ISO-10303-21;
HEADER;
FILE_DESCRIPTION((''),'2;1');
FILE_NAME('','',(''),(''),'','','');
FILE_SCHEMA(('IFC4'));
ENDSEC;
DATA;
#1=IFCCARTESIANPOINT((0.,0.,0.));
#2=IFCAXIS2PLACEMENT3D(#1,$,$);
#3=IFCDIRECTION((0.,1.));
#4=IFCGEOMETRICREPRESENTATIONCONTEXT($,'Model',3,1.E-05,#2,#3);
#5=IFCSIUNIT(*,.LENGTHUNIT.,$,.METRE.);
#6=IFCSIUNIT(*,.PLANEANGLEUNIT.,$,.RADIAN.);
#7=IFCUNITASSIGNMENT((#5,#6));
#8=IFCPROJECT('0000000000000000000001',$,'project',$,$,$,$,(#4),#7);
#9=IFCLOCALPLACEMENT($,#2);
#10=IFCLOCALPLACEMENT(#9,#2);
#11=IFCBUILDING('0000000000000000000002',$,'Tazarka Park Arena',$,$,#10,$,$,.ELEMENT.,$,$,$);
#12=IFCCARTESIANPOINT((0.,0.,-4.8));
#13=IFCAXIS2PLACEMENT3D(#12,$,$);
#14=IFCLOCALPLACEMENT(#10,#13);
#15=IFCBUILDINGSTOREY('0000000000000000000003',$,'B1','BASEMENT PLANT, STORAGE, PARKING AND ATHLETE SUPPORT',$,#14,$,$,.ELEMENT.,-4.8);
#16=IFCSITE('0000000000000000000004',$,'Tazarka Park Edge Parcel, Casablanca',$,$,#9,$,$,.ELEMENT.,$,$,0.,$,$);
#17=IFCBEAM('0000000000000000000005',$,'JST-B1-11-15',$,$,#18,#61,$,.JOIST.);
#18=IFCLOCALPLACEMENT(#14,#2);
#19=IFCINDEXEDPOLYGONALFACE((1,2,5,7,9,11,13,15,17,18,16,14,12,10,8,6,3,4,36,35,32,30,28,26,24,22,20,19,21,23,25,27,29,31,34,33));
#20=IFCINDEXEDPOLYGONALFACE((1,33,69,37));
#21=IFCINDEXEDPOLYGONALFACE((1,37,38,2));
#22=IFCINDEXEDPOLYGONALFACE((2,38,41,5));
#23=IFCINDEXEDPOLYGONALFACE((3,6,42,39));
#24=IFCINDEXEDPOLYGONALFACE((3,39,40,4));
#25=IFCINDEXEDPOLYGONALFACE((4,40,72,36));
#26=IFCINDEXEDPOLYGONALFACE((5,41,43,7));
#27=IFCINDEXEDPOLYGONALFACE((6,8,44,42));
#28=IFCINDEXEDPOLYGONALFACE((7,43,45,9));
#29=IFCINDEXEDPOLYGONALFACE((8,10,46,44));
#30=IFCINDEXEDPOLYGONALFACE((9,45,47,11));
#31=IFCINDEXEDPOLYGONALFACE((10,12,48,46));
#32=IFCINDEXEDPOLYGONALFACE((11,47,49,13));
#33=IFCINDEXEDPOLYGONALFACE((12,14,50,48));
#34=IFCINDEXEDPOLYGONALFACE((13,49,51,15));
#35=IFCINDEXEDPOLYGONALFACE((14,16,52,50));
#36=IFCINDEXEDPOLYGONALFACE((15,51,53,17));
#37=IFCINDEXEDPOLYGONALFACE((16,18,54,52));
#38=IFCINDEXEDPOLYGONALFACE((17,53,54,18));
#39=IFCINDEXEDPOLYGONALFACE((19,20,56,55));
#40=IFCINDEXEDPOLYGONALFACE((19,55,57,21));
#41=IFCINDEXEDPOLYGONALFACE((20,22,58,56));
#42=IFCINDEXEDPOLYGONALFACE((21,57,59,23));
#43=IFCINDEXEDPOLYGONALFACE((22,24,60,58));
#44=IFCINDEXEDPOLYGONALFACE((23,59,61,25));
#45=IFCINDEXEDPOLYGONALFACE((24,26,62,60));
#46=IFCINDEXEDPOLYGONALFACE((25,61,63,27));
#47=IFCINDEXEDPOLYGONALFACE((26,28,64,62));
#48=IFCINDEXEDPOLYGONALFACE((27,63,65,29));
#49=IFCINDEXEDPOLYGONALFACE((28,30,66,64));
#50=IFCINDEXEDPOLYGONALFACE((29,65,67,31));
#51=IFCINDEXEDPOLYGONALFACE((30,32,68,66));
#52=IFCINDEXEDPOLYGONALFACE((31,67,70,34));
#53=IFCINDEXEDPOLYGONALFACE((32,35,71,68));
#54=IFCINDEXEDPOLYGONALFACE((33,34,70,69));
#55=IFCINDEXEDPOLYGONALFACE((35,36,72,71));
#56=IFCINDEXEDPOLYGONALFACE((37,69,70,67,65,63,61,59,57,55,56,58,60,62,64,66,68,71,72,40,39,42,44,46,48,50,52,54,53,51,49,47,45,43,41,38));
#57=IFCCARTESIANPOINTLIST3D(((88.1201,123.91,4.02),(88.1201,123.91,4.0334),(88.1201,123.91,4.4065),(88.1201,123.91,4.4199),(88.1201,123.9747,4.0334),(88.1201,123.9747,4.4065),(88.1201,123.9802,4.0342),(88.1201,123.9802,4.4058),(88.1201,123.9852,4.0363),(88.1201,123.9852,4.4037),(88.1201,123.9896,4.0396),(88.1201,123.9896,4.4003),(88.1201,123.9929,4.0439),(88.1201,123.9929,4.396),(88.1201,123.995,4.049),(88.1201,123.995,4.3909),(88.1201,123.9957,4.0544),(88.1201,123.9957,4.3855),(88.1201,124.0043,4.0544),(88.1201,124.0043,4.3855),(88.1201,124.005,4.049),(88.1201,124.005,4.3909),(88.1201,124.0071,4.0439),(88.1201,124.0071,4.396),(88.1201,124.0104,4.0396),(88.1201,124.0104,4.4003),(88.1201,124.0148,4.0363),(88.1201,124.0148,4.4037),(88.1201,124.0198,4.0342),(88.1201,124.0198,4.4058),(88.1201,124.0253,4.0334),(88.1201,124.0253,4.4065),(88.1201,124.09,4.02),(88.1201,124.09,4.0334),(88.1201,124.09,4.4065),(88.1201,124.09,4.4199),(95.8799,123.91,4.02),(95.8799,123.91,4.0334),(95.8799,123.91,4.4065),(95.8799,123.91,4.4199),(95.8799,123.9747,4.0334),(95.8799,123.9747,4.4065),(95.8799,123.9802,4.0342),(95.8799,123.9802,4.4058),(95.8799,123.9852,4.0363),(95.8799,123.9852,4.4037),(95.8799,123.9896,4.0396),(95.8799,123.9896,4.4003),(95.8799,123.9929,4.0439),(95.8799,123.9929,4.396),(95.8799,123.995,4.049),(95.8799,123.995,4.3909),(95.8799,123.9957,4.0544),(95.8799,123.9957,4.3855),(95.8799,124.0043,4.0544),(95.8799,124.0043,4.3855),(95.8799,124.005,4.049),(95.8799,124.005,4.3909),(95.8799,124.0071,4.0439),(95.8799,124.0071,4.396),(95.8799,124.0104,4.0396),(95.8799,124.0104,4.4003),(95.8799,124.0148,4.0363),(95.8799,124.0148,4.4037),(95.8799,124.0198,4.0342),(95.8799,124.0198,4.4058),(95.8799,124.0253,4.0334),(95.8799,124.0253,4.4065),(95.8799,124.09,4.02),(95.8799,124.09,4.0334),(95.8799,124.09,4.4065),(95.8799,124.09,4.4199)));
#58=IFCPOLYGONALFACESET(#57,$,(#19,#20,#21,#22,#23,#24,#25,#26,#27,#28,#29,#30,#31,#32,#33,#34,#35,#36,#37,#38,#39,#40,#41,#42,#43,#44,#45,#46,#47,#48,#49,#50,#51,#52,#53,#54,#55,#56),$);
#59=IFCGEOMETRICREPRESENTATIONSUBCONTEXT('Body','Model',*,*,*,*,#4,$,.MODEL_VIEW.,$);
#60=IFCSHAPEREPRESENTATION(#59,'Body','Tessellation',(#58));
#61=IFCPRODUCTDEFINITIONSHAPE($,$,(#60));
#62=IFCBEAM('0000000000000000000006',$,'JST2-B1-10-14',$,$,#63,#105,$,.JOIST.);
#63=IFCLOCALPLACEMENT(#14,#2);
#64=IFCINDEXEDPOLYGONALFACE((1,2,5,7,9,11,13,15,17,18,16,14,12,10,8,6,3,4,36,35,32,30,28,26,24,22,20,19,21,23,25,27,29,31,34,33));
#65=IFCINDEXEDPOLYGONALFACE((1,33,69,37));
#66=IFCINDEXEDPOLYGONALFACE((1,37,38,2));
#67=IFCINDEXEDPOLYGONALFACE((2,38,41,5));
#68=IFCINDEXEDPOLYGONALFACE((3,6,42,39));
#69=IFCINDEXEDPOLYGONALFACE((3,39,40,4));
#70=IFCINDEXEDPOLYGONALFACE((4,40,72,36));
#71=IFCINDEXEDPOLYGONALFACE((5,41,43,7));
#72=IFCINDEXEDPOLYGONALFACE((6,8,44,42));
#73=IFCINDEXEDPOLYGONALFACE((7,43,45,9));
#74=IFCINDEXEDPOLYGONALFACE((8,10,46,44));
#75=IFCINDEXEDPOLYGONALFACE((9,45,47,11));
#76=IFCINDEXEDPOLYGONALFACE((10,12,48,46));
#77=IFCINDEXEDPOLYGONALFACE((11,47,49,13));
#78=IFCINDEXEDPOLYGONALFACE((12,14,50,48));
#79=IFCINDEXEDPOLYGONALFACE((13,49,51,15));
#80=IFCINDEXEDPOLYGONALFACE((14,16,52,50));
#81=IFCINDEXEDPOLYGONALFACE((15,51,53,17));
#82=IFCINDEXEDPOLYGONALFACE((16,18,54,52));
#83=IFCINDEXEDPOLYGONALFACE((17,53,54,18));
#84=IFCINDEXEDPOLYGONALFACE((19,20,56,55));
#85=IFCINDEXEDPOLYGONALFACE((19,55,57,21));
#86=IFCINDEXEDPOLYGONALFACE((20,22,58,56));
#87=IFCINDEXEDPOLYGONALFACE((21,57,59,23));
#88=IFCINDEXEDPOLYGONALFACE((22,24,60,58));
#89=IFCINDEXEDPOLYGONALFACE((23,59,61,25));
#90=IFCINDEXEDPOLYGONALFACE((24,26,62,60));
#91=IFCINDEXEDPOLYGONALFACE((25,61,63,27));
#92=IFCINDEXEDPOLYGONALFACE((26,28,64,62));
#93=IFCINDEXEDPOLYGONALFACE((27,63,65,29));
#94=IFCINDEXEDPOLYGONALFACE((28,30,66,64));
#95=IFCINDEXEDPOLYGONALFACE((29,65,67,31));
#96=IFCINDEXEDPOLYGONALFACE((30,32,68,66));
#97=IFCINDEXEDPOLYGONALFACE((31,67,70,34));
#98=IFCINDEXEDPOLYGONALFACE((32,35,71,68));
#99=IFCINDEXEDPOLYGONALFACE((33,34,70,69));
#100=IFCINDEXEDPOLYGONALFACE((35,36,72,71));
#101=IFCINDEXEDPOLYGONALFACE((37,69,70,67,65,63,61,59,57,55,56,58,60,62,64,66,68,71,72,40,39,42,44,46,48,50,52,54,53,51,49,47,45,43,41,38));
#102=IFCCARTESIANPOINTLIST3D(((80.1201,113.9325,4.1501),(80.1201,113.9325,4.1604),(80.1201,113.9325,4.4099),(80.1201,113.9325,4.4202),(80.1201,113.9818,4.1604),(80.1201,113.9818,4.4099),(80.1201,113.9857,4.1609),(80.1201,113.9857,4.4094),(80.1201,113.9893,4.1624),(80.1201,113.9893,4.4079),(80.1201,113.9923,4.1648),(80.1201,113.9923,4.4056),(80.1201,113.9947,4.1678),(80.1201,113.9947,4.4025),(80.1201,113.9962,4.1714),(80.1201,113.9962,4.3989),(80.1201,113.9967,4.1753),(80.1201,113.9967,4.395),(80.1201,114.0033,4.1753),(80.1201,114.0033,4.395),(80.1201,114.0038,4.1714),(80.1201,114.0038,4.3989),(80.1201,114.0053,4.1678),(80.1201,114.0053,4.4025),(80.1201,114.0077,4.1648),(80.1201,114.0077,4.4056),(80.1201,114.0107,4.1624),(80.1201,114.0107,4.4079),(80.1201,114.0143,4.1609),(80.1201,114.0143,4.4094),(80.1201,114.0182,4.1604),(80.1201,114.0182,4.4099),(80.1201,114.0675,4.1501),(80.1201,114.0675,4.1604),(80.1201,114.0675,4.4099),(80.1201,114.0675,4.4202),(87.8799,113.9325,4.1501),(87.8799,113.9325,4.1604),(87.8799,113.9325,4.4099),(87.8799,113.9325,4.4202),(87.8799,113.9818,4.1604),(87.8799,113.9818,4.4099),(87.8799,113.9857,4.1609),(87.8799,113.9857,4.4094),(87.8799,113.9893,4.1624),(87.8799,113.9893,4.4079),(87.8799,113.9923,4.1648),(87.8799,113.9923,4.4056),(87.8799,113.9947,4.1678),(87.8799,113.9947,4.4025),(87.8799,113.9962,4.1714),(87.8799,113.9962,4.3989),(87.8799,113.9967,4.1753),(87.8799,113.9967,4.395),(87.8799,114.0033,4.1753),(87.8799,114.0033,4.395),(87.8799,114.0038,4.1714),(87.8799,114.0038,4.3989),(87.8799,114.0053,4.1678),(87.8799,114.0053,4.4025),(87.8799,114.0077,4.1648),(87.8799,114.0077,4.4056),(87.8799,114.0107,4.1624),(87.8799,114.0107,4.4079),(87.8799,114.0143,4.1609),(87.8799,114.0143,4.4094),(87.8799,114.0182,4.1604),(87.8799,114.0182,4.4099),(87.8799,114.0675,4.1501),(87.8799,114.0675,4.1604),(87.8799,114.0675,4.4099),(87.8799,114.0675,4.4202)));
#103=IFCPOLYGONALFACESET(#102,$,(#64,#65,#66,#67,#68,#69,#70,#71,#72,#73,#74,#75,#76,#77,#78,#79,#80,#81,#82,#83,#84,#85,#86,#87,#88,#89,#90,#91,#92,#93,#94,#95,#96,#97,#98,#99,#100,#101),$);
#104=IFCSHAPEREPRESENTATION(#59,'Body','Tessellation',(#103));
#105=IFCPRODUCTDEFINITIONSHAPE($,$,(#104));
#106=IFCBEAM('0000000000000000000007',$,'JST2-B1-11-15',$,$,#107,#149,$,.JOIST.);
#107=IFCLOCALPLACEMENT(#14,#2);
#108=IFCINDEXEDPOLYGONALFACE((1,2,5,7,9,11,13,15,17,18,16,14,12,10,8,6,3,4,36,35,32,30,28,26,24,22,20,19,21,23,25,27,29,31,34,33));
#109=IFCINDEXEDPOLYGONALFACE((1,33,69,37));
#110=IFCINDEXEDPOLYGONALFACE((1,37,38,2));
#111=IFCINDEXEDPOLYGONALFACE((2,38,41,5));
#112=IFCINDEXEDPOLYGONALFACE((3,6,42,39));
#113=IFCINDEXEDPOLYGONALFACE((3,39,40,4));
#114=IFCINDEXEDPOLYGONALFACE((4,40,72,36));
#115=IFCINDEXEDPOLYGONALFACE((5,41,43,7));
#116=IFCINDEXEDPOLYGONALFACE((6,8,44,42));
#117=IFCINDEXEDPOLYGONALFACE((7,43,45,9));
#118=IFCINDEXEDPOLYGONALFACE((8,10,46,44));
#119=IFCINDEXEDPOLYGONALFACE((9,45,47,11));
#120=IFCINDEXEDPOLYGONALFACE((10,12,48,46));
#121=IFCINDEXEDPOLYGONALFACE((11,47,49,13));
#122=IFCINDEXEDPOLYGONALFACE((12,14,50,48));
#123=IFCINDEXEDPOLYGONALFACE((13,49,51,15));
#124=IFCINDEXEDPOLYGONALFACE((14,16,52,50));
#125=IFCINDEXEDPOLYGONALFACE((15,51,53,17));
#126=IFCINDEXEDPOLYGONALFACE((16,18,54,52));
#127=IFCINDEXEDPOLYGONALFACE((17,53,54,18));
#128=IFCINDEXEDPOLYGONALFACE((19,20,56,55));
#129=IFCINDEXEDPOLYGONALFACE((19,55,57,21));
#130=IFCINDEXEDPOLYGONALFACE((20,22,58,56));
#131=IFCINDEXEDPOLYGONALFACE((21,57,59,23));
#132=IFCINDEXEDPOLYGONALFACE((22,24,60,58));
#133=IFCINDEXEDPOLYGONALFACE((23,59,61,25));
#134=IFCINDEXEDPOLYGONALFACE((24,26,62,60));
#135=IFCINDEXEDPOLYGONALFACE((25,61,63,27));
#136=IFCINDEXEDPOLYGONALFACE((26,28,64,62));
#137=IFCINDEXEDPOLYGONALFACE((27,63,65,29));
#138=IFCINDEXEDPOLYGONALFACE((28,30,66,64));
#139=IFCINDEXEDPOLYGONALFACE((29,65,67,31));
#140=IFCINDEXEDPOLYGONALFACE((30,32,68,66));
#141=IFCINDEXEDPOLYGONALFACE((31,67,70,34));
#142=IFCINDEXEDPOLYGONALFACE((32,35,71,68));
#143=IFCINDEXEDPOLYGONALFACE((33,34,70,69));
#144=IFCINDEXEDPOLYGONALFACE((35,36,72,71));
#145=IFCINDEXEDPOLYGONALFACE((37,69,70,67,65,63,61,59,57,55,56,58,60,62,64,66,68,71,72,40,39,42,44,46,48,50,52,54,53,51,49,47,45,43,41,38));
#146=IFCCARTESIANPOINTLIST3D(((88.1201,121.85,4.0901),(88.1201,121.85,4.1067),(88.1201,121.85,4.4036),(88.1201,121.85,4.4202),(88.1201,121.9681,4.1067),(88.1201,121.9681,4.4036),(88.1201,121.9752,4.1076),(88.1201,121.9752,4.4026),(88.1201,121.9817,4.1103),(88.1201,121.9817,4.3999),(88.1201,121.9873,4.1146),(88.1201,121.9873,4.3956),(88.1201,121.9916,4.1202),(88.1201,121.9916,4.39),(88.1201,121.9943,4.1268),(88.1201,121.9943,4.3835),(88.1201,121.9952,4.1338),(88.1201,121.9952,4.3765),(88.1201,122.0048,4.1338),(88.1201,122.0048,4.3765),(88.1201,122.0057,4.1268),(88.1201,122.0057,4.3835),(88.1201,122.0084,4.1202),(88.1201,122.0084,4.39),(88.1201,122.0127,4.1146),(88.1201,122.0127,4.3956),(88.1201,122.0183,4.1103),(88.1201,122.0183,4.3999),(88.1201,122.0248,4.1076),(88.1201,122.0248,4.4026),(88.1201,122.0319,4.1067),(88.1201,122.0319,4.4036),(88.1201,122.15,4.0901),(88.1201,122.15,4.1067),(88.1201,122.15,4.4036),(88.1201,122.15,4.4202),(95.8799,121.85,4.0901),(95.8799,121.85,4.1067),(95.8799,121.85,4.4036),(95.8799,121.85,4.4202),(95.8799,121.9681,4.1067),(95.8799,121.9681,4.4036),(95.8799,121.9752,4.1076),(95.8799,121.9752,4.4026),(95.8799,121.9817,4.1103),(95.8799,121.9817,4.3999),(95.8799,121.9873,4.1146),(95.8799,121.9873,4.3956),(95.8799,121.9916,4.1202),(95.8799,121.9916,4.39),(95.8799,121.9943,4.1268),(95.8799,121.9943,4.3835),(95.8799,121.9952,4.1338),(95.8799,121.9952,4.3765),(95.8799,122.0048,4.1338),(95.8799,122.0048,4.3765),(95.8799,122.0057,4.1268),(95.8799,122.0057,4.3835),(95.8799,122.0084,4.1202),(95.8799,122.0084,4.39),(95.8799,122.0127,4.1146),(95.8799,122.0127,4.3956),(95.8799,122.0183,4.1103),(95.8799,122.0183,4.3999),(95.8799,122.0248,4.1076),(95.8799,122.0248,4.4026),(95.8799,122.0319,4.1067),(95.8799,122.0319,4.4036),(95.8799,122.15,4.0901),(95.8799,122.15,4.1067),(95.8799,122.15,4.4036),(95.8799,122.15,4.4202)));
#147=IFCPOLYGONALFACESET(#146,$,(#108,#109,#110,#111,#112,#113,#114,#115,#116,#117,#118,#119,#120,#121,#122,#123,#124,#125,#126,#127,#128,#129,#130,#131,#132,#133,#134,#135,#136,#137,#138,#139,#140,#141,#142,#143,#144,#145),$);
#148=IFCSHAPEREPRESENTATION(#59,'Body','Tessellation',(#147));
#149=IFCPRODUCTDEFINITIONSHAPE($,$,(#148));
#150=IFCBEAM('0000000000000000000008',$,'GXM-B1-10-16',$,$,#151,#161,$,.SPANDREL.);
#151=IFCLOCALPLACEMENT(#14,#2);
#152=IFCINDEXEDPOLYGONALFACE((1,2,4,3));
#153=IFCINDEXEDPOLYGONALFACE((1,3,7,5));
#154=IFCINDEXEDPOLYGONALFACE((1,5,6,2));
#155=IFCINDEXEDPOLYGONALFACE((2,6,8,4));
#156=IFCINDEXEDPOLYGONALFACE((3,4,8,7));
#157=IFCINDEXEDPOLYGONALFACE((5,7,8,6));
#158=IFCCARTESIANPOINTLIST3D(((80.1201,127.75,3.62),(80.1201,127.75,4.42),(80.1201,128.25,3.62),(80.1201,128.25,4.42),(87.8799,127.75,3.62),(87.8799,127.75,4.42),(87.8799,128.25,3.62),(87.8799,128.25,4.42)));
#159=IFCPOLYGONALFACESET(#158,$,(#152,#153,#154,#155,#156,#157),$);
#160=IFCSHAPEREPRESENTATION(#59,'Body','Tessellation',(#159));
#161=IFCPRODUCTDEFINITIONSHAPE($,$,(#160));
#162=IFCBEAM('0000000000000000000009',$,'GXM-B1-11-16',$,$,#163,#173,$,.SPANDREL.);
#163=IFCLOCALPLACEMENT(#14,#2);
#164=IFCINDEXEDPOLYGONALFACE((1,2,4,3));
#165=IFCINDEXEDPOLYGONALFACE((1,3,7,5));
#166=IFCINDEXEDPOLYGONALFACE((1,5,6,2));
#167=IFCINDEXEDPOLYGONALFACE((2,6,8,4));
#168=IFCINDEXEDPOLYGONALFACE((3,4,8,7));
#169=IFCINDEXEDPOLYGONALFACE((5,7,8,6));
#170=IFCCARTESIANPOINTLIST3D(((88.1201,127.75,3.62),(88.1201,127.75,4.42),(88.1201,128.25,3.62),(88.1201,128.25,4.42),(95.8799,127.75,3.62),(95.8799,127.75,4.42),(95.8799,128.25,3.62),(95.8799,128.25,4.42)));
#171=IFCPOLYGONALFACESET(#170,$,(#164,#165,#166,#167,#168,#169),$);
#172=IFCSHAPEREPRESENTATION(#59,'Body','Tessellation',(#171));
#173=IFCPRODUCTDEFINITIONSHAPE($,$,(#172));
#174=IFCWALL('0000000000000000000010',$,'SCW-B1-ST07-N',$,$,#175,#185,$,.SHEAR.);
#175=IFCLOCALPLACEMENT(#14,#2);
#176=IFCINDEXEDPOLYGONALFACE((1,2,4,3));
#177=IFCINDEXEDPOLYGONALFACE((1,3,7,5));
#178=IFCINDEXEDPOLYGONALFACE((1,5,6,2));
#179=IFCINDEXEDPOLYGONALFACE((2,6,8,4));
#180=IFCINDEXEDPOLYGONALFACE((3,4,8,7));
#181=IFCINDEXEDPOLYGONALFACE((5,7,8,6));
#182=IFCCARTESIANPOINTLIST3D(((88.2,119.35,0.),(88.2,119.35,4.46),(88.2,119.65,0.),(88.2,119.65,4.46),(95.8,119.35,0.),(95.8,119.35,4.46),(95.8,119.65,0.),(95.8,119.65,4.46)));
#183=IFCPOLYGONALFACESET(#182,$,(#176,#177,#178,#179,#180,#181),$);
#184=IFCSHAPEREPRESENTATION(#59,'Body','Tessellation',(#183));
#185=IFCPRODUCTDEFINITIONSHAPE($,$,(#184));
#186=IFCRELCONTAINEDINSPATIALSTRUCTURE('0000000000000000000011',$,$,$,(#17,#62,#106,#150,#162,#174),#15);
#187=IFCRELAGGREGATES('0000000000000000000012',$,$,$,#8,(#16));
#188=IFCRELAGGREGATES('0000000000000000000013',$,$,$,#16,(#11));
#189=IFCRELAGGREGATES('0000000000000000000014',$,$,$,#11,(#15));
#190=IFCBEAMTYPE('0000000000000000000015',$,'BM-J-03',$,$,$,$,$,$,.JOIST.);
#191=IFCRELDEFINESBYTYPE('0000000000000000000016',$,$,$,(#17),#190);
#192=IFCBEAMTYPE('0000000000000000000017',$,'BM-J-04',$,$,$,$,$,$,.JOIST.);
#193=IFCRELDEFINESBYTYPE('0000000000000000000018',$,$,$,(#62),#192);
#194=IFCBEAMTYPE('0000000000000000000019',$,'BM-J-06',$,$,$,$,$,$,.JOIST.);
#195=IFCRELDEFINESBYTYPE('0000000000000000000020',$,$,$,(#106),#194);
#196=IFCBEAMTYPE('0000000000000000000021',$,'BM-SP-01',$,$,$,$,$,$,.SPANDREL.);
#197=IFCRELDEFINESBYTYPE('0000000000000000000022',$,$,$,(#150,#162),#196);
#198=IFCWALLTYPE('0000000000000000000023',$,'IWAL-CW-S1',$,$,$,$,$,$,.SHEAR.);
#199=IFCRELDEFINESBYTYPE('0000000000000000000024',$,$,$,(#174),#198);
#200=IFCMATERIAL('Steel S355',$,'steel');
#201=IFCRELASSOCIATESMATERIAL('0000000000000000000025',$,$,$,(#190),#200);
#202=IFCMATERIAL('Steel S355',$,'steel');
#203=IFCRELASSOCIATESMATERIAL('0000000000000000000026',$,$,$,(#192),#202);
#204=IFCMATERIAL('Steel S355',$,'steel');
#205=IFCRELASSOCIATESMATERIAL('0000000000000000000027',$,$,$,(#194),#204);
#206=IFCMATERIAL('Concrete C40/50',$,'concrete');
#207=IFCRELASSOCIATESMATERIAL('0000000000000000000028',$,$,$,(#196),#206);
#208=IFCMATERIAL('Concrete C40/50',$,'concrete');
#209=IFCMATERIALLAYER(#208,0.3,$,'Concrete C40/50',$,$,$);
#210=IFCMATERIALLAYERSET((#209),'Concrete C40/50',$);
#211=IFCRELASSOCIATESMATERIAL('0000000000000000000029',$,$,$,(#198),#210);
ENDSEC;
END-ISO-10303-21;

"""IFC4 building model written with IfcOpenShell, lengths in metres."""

from ifc_helpers import new_model, si_unit, direction, frame, frame_2d, origin, origin_2d, place, context, subcontext, project, spatial, rectangle, i_section, extrude, material, layer, layer_set, material_profile, profile_set, type_object, element, save


model = new_model("IFC4")

# Units and contexts
model_context = context("Model", 3, precision=1e-05, world=origin(), true_north=direction((0.0, 1.0)))
body_context = subcontext(model_context, "Body", "Model", "MODEL_VIEW")
ifc_project = project(units=[si_unit("LENGTHUNIT", "METRE"), si_unit("PLANEANGLEUNIT", "RADIAN")], contexts=[model_context])

# Site, building, storey
site_placement = place(None, origin())
site = spatial("IfcSite", under=ifc_project, at=site_placement, Name="Tazarka Park Edge Parcel, Casablanca", CompositionType="ELEMENT", RefElevation=0.0)
building_placement = place(site_placement, origin())
building = spatial("IfcBuilding", under=site, at=building_placement, Name="Tazarka Park Arena", CompositionType="ELEMENT")
storey_placement = place(building_placement, frame((0.0, 0.0, -4.8)))
storey = spatial("IfcBuildingStorey", under=building, at=storey_placement, Name="B1", Description="BASEMENT PLANT, STORAGE, PARKING AND ATHLETE SUPPORT", CompositionType="ELEMENT", Elevation=-4.8)

# Beams
ifc_material_1 = material(Name="Steel S355", Category="steel")
ifc_material_profile_1 = material_profile(ifc_material_1, i_section(OverallWidth=0.1799, OverallDepth=0.3999, WebThickness=0.0085, FlangeThickness=0.0134, FilletRadius=0.021, at=origin_2d()), Name="Steel S355")
ifc_profile_set_1 = profile_set([ifc_material_profile_1], Name="Steel S355")
beam_type_1 = type_object("IfcBeamType", Name="BM-J-03", PredefinedType="JOIST", material=ifc_profile_set_1)
beam_1_placement = place(storey_placement, frame((88.1201, 124.0, 4.22), z_axis=(1.0, 0.0, 0.0), x_axis=(0.0, 1.0, 0.0)))
element("IfcBeam", 1, at=beam_1_placement, inside=storey, type_object=beam_type_1, Name="JST-B1-11-15", PredefinedType="JOIST", context=body_context, shape_type="SweptSolid", body=[
    extrude(i_section(OverallWidth=0.1799, OverallDepth=0.3999, WebThickness=0.0085, FlangeThickness=0.0134, FilletRadius=0.021, at=origin_2d()), origin(), (0.0, 0.0, 1.0), 7.7598),
])
ifc_material_2 = material(Name="Steel S355", Category="steel")
ifc_material_profile_2 = material_profile(ifc_material_2, i_section(OverallWidth=0.135, OverallDepth=0.27, WebThickness=0.0066, FlangeThickness=0.0103, FilletRadius=0.0149, at=origin_2d()), Name="Steel S355")
ifc_profile_set_2 = profile_set([ifc_material_profile_2], Name="Steel S355")
beam_type_2 = type_object("IfcBeamType", Name="BM-J-04", PredefinedType="JOIST", material=ifc_profile_set_2)
beam_2_placement = place(storey_placement, frame((80.1201, 114.0, 4.2852), z_axis=(1.0, 0.0, 0.0), x_axis=(0.0, 1.0, 0.0)))
element("IfcBeam", 2, at=beam_2_placement, inside=storey, type_object=beam_type_2, Name="JST2-B1-10-14", PredefinedType="JOIST", context=body_context, shape_type="SweptSolid", body=[
    extrude(i_section(OverallWidth=0.135, OverallDepth=0.27, WebThickness=0.0066, FlangeThickness=0.0103, FilletRadius=0.0149, at=origin_2d()), origin(), (0.0, 0.0, 1.0), 7.7598),
])
ifc_material_3 = material(Name="Steel S355", Category="steel")
ifc_material_profile_3 = material_profile(ifc_material_3, i_section(OverallWidth=0.3, OverallDepth=0.3301, WebThickness=0.0095, FlangeThickness=0.0166, FilletRadius=0.0271, at=origin_2d()), Name="Steel S355")
ifc_profile_set_3 = profile_set([ifc_material_profile_3], Name="Steel S355")
beam_type_3 = type_object("IfcBeamType", Name="BM-J-06", PredefinedType="JOIST", material=ifc_profile_set_3)
beam_3_placement = place(storey_placement, frame((88.1201, 122.0, 4.2551), z_axis=(1.0, 0.0, 0.0), x_axis=(0.0, 1.0, 0.0)))
element("IfcBeam", 3, at=beam_3_placement, inside=storey, type_object=beam_type_3, Name="JST2-B1-11-15", PredefinedType="JOIST", context=body_context, shape_type="SweptSolid", body=[
    extrude(i_section(OverallWidth=0.3, OverallDepth=0.3301, WebThickness=0.0095, FlangeThickness=0.0166, FilletRadius=0.0271, at=origin_2d()), origin(), (0.0, 0.0, 1.0), 7.7598),
])
ifc_material_4 = material(Name="Concrete C40/50", Category="concrete")
ifc_material_profile_4 = material_profile(ifc_material_4, rectangle(XDim=0.5, YDim=0.8, at=origin_2d()), Name="Concrete C40/50")
ifc_profile_set_4 = profile_set([ifc_material_profile_4], Name="Concrete C40/50")
beam_type_4 = type_object("IfcBeamType", Name="BM-SP-01", PredefinedType="SPANDREL", material=ifc_profile_set_4)
for number, where, z_axis, x_axis, name in (
    (4, (80.1201, 128.0, 4.02), (1.0, 0.0, 0.0), (0.0, 1.0, 0.0), "GXM-B1-10-16"),
    (5, (88.1201, 128.0, 4.02), (1.0, 0.0, 0.0), (0.0, 1.0, 0.0), "GXM-B1-11-16"),
):
    element("IfcBeam", number, at=place(storey_placement, frame(where, z_axis=z_axis, x_axis=x_axis)), inside=storey, type_object=beam_type_4, Name=name, PredefinedType="SPANDREL", context=body_context, shape_type="SweptSolid", body=[
        extrude(rectangle(XDim=0.5, YDim=0.8, at=origin_2d()), origin(), (0.0, 0.0, 1.0), 7.7598),
    ])

# Wall
ifc_material_5 = material(Name="Concrete C40/50", Category="concrete")
ifc_layer_1 = layer(ifc_material_5, 0.3, Name="Concrete C40/50")
ifc_layer_set_1 = layer_set([ifc_layer_1], Name="Concrete C40/50")
wall_type_1 = type_object("IfcWallType", Name="IWAL-CW-S1", PredefinedType="SHEAR", material=ifc_layer_set_1)
wall_1_placement = place(storey_placement, frame((88.2, 119.5, 0.0), z_axis=(0.0, 0.0, 1.0), x_axis=(1.0, 0.0, 0.0)))
element("IfcWall", 6, at=wall_1_placement, inside=storey, type_object=wall_type_1, Name="SCW-B1-ST07-N", PredefinedType="SHEAR", context=body_context, shape_type="SweptSolid", body=[
    extrude(rectangle(XDim=7.6001, YDim=0.3, at=frame_2d((3.8, 0.0))), origin(), (0.0, 0.0, 1.0), 4.46),
])

save(model, "model.ifc")
